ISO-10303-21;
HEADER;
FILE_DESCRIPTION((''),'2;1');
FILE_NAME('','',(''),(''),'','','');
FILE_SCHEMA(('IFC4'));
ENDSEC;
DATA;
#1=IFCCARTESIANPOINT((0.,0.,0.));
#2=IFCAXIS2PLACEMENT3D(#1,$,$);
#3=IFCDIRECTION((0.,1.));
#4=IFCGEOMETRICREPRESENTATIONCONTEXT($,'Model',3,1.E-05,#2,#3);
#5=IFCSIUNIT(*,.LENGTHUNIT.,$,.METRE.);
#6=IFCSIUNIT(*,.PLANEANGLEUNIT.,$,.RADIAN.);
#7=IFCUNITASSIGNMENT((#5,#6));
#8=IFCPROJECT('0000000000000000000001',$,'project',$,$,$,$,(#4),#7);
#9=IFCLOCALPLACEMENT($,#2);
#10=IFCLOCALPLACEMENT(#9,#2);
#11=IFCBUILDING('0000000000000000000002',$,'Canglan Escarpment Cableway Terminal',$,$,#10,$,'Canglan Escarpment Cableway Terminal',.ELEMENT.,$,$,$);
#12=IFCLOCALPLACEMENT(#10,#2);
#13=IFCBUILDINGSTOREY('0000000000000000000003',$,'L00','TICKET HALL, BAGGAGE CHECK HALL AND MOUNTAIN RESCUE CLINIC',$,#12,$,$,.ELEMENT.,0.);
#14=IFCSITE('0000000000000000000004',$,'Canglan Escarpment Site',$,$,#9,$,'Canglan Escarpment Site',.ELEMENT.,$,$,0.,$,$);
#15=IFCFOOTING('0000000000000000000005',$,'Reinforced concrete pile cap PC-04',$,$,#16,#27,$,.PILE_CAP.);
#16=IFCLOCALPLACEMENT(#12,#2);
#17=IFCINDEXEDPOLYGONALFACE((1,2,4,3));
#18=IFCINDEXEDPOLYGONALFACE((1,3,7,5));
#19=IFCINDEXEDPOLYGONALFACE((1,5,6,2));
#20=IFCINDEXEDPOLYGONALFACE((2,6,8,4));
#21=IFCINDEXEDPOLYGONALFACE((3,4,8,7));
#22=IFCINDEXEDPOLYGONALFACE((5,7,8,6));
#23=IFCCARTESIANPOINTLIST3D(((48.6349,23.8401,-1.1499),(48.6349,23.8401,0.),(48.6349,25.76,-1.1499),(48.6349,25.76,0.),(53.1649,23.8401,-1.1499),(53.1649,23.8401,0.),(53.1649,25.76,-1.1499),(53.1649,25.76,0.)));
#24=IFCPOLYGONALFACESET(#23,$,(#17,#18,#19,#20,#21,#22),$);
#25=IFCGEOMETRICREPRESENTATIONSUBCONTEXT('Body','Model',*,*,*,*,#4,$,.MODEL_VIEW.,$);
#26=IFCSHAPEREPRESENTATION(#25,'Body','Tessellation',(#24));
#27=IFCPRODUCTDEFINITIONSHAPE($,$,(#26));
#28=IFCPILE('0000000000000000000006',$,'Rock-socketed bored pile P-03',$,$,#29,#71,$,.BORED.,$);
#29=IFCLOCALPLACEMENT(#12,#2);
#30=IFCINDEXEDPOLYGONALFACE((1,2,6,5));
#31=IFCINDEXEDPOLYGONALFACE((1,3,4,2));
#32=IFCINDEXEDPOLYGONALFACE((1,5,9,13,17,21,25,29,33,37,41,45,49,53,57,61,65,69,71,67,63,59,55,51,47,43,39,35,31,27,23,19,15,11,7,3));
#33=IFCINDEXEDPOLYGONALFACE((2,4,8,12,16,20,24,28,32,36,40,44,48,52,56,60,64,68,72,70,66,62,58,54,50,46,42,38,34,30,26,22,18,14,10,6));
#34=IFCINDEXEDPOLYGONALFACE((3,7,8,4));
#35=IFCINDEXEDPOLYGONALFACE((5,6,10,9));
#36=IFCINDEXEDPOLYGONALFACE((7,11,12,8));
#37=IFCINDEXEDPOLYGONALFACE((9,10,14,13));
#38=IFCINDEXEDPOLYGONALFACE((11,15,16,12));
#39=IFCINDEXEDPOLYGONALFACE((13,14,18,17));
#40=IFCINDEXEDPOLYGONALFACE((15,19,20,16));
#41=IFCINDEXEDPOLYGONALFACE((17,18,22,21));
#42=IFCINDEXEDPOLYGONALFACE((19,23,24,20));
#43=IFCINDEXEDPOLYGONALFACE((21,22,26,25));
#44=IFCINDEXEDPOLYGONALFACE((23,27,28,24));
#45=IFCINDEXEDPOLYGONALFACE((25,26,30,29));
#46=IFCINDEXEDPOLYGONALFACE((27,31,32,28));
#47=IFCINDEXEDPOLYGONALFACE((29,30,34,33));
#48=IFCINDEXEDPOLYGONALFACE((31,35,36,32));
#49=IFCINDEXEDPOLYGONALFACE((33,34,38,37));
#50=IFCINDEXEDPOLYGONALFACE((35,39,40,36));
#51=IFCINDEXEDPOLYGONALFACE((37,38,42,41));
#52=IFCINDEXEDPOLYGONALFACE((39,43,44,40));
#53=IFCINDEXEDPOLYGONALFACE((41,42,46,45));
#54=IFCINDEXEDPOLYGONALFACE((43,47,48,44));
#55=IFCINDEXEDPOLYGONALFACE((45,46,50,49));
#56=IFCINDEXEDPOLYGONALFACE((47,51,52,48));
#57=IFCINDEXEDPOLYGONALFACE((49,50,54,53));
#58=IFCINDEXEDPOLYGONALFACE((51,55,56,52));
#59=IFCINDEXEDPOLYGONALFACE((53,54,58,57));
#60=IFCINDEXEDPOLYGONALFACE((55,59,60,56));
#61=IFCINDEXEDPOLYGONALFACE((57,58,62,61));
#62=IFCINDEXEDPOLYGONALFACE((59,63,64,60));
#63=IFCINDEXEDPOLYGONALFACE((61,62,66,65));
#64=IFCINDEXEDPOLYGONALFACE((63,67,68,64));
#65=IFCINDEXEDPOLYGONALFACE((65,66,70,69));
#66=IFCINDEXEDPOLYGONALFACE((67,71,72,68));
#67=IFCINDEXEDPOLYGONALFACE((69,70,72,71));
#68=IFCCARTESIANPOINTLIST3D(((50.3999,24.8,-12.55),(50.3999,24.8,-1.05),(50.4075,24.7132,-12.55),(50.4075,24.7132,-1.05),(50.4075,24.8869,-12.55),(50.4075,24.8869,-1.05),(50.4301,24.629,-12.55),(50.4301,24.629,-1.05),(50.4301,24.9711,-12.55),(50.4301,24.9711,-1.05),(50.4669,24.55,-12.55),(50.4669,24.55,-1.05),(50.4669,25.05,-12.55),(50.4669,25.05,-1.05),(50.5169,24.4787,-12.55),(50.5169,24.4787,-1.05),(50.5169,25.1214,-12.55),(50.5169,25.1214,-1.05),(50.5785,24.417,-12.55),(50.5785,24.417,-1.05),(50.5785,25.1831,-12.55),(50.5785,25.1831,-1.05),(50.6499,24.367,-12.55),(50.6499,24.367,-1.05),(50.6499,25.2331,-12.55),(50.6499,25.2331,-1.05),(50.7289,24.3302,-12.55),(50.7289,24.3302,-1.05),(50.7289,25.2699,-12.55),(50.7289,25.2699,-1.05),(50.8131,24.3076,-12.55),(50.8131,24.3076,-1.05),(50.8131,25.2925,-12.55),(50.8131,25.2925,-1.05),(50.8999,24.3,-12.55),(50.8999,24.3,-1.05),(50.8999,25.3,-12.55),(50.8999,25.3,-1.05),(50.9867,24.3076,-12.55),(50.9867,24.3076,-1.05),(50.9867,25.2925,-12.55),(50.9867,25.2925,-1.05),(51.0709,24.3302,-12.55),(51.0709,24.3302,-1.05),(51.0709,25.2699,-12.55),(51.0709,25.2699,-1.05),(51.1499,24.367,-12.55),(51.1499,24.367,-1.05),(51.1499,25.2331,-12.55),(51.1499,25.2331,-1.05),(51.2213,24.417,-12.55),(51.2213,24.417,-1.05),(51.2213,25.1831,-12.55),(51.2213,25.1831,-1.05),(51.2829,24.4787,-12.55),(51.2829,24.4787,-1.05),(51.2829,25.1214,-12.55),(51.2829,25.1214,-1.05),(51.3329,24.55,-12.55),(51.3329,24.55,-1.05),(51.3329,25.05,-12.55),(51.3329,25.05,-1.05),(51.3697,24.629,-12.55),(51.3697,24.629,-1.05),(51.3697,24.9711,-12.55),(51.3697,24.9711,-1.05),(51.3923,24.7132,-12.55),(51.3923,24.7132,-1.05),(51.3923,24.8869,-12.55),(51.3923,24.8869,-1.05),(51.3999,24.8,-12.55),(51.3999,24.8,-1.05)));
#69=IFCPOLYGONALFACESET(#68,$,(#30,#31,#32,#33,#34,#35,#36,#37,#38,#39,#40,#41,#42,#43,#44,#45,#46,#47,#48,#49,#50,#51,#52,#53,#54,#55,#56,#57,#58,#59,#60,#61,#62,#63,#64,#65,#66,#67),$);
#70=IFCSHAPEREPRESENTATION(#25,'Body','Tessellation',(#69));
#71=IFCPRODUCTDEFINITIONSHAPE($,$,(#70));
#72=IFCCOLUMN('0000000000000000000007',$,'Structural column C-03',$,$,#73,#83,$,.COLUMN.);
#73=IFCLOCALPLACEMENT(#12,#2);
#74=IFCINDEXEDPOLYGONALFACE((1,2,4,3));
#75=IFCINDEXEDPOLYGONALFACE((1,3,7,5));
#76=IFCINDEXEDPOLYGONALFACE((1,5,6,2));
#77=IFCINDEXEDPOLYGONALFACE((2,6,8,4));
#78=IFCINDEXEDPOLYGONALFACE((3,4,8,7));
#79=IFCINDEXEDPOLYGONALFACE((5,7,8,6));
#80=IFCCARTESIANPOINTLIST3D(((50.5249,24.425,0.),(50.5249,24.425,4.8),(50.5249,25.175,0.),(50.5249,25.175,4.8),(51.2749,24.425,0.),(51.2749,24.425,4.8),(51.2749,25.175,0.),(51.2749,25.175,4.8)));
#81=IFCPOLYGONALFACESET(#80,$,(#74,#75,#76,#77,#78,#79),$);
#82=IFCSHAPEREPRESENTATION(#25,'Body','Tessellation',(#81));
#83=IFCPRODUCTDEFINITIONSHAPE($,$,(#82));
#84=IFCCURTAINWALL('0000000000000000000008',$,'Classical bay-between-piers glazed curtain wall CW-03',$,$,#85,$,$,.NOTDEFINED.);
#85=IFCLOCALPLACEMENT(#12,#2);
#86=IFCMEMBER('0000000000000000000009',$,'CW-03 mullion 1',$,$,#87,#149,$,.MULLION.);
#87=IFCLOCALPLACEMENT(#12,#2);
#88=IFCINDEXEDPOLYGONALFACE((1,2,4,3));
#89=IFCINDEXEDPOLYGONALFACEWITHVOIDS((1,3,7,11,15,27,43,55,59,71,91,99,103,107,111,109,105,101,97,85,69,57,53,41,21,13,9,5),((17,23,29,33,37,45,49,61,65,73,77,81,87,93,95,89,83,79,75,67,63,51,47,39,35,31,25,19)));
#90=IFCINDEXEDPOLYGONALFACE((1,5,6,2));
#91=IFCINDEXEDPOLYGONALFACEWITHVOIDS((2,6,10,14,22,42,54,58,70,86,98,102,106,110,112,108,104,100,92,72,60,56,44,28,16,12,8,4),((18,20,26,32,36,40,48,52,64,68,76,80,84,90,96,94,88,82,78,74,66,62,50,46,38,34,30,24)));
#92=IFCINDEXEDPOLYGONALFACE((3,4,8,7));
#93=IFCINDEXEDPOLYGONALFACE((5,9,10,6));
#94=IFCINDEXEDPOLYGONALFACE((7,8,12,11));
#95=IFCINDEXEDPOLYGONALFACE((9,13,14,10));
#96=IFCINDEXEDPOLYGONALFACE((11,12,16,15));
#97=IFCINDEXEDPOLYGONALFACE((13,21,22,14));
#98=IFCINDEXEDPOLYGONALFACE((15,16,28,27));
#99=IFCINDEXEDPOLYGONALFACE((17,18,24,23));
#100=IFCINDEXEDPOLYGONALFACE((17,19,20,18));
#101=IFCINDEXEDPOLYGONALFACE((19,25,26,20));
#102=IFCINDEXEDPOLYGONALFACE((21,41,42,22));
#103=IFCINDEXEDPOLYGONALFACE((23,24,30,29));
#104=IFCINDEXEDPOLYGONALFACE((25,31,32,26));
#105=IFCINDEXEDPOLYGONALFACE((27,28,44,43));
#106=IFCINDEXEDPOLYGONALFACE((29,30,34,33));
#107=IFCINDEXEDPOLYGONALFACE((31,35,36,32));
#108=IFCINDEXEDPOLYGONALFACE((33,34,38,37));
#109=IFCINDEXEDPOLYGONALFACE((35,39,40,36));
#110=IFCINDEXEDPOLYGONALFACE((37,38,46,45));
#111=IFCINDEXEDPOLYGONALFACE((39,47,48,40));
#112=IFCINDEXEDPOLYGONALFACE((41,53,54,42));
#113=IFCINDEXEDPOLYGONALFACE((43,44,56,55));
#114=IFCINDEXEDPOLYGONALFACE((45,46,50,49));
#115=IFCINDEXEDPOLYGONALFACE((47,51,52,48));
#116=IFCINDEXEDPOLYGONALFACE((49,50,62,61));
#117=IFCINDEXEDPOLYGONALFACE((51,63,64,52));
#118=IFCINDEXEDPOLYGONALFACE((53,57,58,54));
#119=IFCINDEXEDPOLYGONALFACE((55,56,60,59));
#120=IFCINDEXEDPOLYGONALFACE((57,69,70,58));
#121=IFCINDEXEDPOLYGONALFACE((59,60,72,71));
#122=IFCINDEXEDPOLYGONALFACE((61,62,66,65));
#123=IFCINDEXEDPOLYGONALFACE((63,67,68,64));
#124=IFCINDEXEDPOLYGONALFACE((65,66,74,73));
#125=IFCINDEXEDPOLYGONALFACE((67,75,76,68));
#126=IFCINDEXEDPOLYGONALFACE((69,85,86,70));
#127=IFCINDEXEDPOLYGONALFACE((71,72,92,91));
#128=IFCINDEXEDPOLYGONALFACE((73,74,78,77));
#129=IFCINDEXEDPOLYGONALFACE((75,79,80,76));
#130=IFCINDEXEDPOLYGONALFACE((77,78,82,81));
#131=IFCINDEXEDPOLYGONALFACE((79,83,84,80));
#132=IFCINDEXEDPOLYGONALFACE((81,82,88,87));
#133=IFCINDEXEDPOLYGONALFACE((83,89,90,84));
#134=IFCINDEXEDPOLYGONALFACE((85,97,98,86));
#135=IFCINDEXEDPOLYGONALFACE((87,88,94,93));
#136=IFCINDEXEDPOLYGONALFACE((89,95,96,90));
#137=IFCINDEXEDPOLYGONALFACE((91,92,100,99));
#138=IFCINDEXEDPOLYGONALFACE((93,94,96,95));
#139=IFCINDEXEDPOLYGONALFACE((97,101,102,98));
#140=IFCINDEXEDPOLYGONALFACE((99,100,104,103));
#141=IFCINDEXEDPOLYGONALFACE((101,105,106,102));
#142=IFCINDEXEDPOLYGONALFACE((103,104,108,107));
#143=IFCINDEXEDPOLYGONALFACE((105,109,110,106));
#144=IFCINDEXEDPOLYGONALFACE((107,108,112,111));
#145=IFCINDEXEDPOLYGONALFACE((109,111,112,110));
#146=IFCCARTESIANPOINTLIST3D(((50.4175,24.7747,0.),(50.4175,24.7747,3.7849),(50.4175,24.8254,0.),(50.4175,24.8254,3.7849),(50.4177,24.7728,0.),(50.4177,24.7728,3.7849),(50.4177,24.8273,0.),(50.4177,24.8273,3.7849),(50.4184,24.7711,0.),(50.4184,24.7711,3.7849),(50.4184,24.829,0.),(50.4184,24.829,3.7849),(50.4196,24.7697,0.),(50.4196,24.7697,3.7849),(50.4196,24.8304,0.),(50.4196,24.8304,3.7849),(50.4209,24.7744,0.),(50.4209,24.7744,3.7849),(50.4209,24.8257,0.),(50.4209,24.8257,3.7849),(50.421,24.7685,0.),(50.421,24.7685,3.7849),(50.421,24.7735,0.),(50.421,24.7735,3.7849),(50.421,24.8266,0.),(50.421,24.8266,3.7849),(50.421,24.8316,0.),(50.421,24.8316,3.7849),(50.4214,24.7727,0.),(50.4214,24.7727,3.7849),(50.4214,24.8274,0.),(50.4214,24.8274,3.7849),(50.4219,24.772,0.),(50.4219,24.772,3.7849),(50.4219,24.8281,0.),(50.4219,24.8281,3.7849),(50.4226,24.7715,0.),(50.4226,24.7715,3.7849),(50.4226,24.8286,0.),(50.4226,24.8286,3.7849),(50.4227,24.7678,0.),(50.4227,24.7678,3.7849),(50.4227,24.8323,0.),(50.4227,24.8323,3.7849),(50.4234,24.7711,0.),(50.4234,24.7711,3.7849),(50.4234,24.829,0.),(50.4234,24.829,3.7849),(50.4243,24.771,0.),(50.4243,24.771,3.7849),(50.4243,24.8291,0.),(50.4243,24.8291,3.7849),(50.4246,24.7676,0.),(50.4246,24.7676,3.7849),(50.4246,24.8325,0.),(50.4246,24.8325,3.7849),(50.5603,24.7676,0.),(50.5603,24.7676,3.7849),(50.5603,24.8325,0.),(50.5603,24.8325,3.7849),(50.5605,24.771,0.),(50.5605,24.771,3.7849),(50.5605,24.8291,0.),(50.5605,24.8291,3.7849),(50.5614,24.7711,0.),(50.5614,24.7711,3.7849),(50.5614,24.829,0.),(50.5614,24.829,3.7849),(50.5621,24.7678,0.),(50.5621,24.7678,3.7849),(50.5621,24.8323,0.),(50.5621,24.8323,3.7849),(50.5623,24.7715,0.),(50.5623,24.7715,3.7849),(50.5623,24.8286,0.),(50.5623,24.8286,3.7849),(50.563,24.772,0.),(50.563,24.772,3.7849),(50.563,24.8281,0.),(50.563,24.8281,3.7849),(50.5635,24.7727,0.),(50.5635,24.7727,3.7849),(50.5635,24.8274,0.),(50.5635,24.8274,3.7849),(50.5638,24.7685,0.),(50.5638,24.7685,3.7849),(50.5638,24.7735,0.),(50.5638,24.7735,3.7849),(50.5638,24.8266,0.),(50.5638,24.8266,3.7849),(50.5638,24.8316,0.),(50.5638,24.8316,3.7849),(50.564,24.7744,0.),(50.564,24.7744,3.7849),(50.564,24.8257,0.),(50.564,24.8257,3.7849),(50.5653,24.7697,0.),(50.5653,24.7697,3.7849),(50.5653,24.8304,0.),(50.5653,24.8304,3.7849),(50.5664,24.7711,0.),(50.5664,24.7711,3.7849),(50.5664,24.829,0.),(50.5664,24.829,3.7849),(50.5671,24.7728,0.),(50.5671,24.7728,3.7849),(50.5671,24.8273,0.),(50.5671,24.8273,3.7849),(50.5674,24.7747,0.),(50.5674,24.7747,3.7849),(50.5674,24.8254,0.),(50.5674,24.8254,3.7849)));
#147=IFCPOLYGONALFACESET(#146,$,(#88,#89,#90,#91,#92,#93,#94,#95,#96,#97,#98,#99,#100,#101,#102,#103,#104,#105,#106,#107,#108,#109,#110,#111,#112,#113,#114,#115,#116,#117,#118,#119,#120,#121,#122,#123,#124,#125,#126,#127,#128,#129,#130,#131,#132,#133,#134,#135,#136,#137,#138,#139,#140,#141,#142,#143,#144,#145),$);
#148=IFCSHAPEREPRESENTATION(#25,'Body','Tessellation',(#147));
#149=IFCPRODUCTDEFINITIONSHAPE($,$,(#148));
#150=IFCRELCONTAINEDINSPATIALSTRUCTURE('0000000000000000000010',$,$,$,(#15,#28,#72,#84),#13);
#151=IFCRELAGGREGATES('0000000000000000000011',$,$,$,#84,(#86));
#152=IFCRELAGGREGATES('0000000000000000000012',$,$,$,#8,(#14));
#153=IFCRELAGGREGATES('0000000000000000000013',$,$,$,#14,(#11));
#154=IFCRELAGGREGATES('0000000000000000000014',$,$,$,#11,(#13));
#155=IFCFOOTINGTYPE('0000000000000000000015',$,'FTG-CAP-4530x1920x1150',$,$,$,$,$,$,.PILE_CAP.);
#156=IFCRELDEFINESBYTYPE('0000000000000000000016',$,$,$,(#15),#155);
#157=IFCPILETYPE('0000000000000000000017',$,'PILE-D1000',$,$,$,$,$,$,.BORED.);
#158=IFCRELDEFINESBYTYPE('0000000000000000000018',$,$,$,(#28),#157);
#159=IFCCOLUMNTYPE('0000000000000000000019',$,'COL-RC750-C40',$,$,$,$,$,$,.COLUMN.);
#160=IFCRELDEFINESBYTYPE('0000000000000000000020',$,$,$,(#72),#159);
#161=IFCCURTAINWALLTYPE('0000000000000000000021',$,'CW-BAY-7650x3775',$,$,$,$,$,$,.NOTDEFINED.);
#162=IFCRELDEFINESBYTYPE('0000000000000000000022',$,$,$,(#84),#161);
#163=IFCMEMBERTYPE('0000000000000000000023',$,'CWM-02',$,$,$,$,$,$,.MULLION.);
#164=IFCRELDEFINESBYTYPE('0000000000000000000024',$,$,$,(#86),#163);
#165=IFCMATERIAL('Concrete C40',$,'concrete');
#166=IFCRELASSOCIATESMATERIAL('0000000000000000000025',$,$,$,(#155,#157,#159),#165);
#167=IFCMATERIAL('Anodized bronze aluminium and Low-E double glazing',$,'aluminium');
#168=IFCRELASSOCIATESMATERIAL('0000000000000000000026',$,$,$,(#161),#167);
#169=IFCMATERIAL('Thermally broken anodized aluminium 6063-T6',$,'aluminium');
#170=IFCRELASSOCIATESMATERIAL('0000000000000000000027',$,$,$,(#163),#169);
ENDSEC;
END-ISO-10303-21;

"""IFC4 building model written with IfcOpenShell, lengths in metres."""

from ifc_helpers import new_model, si_unit, direction, frame, origin, origin_2d, place, context, subcontext, project, spatial, rectangle, hollow_rectangle, circle, extrude, material, material_profile, profile_set, type_object, element, aggregate, save


model = new_model("IFC4")

# Units and contexts
model_context = context("Model", 3, precision=1e-05, world=origin(), true_north=direction((0.0, 1.0)))
body_context = subcontext(model_context, "Body", "Model", "MODEL_VIEW")
ifc_project = project(units=[si_unit("LENGTHUNIT", "METRE"), si_unit("PLANEANGLEUNIT", "RADIAN")], contexts=[model_context])

# Site, building, storey
site_placement = place(None, origin())
site = spatial("IfcSite", under=ifc_project, at=site_placement, Name="Canglan Escarpment Site", LongName="Canglan Escarpment Site", CompositionType="ELEMENT", RefElevation=0.0)
building_placement = place(site_placement, origin())
building = spatial("IfcBuilding", under=site, at=building_placement, Name="Canglan Escarpment Cableway Terminal", LongName="Canglan Escarpment Cableway Terminal", CompositionType="ELEMENT")
storey_placement = place(building_placement, origin())
storey = spatial("IfcBuildingStorey", under=building, at=storey_placement, Name="L00", Description="TICKET HALL, BAGGAGE CHECK HALL AND MOUNTAIN RESCUE CLINIC", CompositionType="ELEMENT", Elevation=0.0)

# Footing
ifc_material_1 = material(Name="Concrete C40", Category="concrete")
footing_type = type_object("IfcFootingType", Name="FTG-CAP-4530x1920x1150", PredefinedType="PILE_CAP", material=ifc_material_1)
footing_placement = place(storey_placement, frame((50.8999, 24.8, -1.1499), z_axis=(0.0, 0.0, 1.0), x_axis=(1.0, 0.0, 0.0)))
element("IfcFooting", 1, at=footing_placement, inside=storey, type_object=footing_type, Name="Reinforced concrete pile cap PC-04", PredefinedType="PILE_CAP", context=body_context, shape_type="SweptSolid", body=[
    extrude(rectangle(XDim=4.53, YDim=1.9199, at=origin_2d()), origin(), (0.0, 0.0, 1.0), 1.1499),
])

# Pile
ifc_material_profile_1 = material_profile(ifc_material_1, circle(Radius=0.5, at=origin_2d()), Name="BORED PILE D1000")
ifc_profile_set_1 = profile_set([ifc_material_profile_1], Name="Concrete C40")
pile_type = type_object("IfcPileType", Name="PILE-D1000", PredefinedType="BORED", material=ifc_profile_set_1)
pile_placement = place(storey_placement, frame((50.8999, 24.8, -1.05), z_axis=(0.0, 0.0, -1.0), x_axis=(1.0, 0.0, 0.0)))
element("IfcPile", 2, at=pile_placement, inside=storey, type_object=pile_type, Name="Rock-socketed bored pile P-03", PredefinedType="BORED", context=body_context, shape_type="SweptSolid", body=[
    extrude(circle(Radius=0.5, at=origin_2d()), origin(), (0.0, 0.0, 1.0), 11.5),
])

# Column
ifc_material_profile_2 = material_profile(ifc_material_1, rectangle(XDim=0.75, YDim=0.75, at=origin_2d()), Name="RC 750x750")
ifc_profile_set_2 = profile_set([ifc_material_profile_2], Name="Concrete C40")
column_type = type_object("IfcColumnType", Name="COL-RC750-C40", PredefinedType="COLUMN", material=ifc_profile_set_2)
column_placement = place(storey_placement, frame((50.8999, 24.8, 0.0), z_axis=(0.0, 0.0, 1.0), x_axis=(1.0, 0.0, 0.0)))
element("IfcColumn", 3, at=column_placement, inside=storey, type_object=column_type, Name="Structural column C-03", PredefinedType="COLUMN", context=body_context, shape_type="SweptSolid", body=[
    extrude(rectangle(XDim=0.75, YDim=0.75, at=origin_2d()), origin(), (0.0, 0.0, 1.0), 4.8),
])

# Curtain wall, member
ifc_material_2 = material(Name="Anodized bronze aluminium and Low-E double glazing", Category="aluminium")
curtain_wall_type = type_object("IfcCurtainWallType", Name="CW-BAY-7650x3775", PredefinedType="NOTDEFINED", material=ifc_material_2)
curtain_wall_1_placement = place(storey_placement, origin())
curtain_wall_1 = element("IfcCurtainWall", 4, at=curtain_wall_1_placement, inside=storey, type_object=curtain_wall_type, Name="Classical bay-between-piers glazed curtain wall CW-03", PredefinedType="NOTDEFINED")
ifc_material_3 = material(Name="Thermally broken anodized aluminium 6063-T6", Category="aluminium")
ifc_material_profile_3 = material_profile(ifc_material_3, hollow_rectangle(XDim=0.0649, YDim=0.1499, WallThickness=0.0034, InnerFilletRadius=0.0034, OuterFilletRadius=0.0071, at=origin_2d()), Name="ALU-MULL 65x150x3.5")
ifc_profile_set_3 = profile_set([ifc_material_profile_3], Name="Thermally broken anodized aluminium 6063-T6")
member_type_1 = type_object("IfcMemberType", Name="CWM-02", PredefinedType="MULLION", material=ifc_profile_set_3)
member_1_placement = place(storey_placement, frame((50.4924, 24.8, 0.0), z_axis=(0.0, 0.0, 1.0), x_axis=(0.0, -1.0, 0.0)))
member_1 = element("IfcMember", 5, at=member_1_placement, type_object=member_type_1, Name="CW-03 mullion 1", PredefinedType="MULLION", context=body_context, shape_type="SweptSolid", body=[
    extrude(hollow_rectangle(XDim=0.0649, YDim=0.1499, WallThickness=0.0034, InnerFilletRadius=0.0034, OuterFilletRadius=0.0071, at=origin_2d()), origin(), (0.0, 0.0, 1.0), 3.7849),
])

aggregate(curtain_wall_1, [member_1])

save(model, "model.ifc")
